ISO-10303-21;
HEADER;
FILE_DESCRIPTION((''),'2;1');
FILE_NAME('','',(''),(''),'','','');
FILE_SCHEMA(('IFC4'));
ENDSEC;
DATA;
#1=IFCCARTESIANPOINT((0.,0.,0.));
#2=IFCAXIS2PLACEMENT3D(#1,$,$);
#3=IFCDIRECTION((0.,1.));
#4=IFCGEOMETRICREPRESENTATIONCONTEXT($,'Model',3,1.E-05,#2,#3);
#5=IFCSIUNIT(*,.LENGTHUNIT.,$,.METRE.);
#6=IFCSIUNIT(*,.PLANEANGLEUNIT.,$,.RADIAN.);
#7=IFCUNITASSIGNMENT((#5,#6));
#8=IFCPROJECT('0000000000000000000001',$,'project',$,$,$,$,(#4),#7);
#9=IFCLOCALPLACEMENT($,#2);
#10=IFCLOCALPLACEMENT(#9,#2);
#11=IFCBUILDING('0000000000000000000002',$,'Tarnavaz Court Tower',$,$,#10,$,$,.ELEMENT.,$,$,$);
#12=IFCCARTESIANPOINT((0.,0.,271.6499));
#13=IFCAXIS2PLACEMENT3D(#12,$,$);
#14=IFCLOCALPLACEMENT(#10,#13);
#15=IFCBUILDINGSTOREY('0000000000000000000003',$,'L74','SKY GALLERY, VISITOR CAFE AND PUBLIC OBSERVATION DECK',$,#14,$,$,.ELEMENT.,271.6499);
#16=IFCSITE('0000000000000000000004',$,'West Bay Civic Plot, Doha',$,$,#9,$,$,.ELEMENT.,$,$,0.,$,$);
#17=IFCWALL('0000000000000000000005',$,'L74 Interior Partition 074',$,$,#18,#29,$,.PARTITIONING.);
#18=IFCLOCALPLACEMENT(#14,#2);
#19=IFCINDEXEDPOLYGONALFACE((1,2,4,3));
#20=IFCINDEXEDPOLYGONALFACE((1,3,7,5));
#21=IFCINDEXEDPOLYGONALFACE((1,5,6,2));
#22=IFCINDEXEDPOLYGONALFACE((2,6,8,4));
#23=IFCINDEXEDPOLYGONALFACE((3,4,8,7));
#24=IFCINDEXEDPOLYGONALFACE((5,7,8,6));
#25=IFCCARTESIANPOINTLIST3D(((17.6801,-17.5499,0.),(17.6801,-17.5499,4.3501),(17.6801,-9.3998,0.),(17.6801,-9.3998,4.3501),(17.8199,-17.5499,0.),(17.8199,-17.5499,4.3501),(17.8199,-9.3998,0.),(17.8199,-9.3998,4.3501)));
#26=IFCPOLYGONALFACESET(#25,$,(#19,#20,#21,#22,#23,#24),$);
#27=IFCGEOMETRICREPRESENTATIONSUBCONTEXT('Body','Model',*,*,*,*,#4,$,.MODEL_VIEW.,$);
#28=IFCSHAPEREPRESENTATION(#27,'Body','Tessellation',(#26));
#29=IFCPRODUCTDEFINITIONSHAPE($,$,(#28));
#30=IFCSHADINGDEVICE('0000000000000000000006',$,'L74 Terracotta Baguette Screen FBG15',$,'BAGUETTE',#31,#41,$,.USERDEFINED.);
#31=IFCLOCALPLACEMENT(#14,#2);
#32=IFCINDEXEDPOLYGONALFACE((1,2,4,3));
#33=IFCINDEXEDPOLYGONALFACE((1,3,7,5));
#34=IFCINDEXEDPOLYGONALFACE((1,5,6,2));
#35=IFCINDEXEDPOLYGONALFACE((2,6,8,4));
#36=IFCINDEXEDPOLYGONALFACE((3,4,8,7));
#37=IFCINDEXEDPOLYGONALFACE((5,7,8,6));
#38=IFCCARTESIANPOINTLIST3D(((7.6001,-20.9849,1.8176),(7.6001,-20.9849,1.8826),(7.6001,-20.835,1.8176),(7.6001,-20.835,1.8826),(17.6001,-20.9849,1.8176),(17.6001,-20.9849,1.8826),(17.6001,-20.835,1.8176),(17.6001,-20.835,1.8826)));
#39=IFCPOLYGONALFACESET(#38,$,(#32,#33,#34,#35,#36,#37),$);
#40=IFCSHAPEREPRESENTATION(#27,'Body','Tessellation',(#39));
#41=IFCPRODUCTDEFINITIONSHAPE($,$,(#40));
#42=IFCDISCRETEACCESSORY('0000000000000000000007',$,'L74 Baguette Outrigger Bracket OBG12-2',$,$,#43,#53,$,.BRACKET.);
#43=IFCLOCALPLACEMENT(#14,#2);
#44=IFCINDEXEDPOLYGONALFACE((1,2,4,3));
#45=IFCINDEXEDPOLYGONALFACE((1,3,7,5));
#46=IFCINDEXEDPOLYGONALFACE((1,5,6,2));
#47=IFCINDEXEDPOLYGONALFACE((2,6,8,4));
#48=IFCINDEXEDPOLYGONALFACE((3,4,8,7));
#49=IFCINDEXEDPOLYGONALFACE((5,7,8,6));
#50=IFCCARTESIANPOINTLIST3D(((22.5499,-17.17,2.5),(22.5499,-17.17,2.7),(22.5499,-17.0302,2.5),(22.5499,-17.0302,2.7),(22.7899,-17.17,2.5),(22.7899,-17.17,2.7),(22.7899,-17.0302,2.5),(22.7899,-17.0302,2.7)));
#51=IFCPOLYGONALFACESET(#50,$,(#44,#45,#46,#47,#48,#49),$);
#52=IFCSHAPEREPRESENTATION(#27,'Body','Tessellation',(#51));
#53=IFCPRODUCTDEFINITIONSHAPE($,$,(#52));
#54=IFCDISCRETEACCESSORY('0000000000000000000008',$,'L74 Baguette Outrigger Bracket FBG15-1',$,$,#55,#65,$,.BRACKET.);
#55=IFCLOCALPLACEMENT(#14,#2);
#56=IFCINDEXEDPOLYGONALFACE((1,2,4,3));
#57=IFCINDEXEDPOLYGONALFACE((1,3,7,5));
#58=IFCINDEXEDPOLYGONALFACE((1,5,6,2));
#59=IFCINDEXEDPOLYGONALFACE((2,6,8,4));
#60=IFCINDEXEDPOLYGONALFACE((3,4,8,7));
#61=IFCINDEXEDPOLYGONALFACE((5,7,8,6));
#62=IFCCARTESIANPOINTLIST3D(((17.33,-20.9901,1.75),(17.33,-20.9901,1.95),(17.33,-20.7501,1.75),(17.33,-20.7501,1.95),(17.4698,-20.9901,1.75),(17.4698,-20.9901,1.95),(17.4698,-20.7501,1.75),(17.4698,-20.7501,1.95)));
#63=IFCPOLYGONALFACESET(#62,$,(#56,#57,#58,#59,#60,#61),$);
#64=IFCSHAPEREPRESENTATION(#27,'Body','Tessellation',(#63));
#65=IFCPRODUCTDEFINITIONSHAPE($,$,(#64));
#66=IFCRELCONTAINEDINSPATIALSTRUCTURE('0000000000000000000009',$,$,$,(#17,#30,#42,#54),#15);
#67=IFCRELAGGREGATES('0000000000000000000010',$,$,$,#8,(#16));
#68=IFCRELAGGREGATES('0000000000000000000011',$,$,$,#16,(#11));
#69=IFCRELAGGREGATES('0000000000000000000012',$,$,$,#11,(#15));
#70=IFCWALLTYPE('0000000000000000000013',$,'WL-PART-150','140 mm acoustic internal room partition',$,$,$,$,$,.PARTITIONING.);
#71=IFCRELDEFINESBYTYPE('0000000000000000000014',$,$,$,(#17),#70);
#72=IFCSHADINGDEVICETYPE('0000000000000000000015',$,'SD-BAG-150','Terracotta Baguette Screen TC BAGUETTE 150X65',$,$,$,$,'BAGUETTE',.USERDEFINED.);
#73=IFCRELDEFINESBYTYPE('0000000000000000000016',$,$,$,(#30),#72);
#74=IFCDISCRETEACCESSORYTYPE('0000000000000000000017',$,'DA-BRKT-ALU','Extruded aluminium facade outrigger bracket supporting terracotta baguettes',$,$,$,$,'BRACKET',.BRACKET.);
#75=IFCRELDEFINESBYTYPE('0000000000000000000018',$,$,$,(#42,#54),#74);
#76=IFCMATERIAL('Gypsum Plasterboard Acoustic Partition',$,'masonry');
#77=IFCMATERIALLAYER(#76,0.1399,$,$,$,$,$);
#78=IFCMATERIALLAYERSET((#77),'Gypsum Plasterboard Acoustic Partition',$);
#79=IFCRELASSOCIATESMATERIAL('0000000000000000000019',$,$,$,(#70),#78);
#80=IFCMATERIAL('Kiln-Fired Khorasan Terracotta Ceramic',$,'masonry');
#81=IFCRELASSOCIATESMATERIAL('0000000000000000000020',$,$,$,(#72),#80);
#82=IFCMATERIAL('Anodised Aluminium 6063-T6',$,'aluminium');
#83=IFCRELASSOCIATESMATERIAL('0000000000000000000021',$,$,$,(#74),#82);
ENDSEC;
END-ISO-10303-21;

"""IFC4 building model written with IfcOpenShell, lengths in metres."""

from ifc_helpers import new_model, si_unit, direction, frame, frame_2d, origin, origin_2d, place, context, subcontext, project, spatial, rectangle, extrude, material, layer, layer_set, material_profile, profile_set, type_object, element, save


model = new_model("IFC4")

# Units and contexts
model_context = context("Model", 3, precision=1e-05, world=origin(), true_north=direction((0.0, 1.0)))
body_context = subcontext(model_context, "Body", "Model", "MODEL_VIEW")
ifc_project = project(units=[si_unit("LENGTHUNIT", "METRE"), si_unit("PLANEANGLEUNIT", "RADIAN")], contexts=[model_context])

# Site, building, storey
site_placement = place(None, origin())
site = spatial("IfcSite", under=ifc_project, at=site_placement, Name="West Bay Civic Plot, Doha", CompositionType="ELEMENT", RefElevation=0.0)
building_placement = place(site_placement, origin())
building = spatial("IfcBuilding", under=site, at=building_placement, Name="Tarnavaz Court Tower", CompositionType="ELEMENT")
storey_placement = place(building_placement, frame((0.0, 0.0, 271.6499)))
storey = spatial("IfcBuildingStorey", under=building, at=storey_placement, Name="L74", Description="SKY GALLERY, VISITOR CAFE AND PUBLIC OBSERVATION DECK", CompositionType="ELEMENT", Elevation=271.6499)

# Shared definitions
ifc_material_1 = material(Name="Anodised Aluminium 6063-T6", Category="aluminium")

# Wall
ifc_material_2 = material(Name="Gypsum Plasterboard Acoustic Partition", Category="masonry")
ifc_layer_1 = layer(ifc_material_2, 0.1399)
ifc_layer_set_1 = layer_set([ifc_layer_1], Name="Gypsum Plasterboard Acoustic Partition")
wall_type_1 = type_object("IfcWallType", Name="WL-PART-150", Description="140 mm acoustic internal room partition", PredefinedType="PARTITIONING", material=ifc_layer_set_1)
wall_1_placement = place(storey_placement, frame((17.75, -17.55, 0.0), z_axis=(0.0, 0.0, 1.0), x_axis=(0.0, 1.0, 0.0)))
element("IfcWall", 1, at=wall_1_placement, inside=storey, type_object=wall_type_1, Name="L74 Interior Partition 074", PredefinedType="PARTITIONING", context=body_context, shape_type="SweptSolid", body=[
    extrude(rectangle(XDim=8.1501, YDim=0.1399, at=frame_2d((4.0752, 0.0))), origin(), (0.0, 0.0, 1.0), 4.3501),
])

# Shading device
ifc_material_3 = material(Name="Kiln-Fired Khorasan Terracotta Ceramic", Category="masonry")
ifc_material_profile_1 = material_profile(ifc_material_3, rectangle(XDim=0.1499, YDim=0.0649, at=origin_2d()), Name="TC BAGUETTE 150X65")
ifc_profile_set_1 = profile_set([ifc_material_profile_1], Name="Kiln-Fired Khorasan Terracotta Ceramic")
shading_device_type = type_object("IfcShadingDeviceType", Name="SD-BAG-150", Description="Terracotta Baguette Screen TC BAGUETTE 150X65", ElementType="BAGUETTE", PredefinedType="USERDEFINED", material=ifc_profile_set_1)
shading_device_placement = place(storey_placement, frame((17.6001, -20.9099, 1.8501), z_axis=(-1.0, 0.0, 0.0), x_axis=(0.0, -1.0, 0.0)))
element("IfcShadingDevice", 2, at=shading_device_placement, inside=storey, type_object=shading_device_type, Name="L74 Terracotta Baguette Screen FBG15", ObjectType="BAGUETTE", PredefinedType="USERDEFINED", context=body_context, shape_type="SweptSolid", body=[
    extrude(rectangle(XDim=0.1499, YDim=0.0649, at=origin_2d()), origin(), (0.0, 0.0, 1.0), 10.0),
])

# Discrete accessories
discrete_accessory_type = type_object("IfcDiscreteAccessoryType", Name="DA-BRKT-ALU", Description="Extruded aluminium facade outrigger bracket supporting terracotta baguettes", ElementType="BRACKET", PredefinedType="BRACKET", material=ifc_material_1)
for number, where, z_axis, x_axis, name in (
    (3, (22.6699, -17.1001, 2.5), (0.0, 0.0, 1.0), (0.0, -1.0, 0.0), "L74 Baguette Outrigger Bracket OBG12-2"),
    (4, (17.3999, -20.8701, 1.75), (0.0, 0.0, 1.0), (-1.0, 0.0, 0.0), "L74 Baguette Outrigger Bracket FBG15-1"),
):
    element("IfcDiscreteAccessory", number, at=place(storey_placement, frame(where, z_axis=z_axis, x_axis=x_axis)), inside=storey, type_object=discrete_accessory_type, Name=name, PredefinedType="BRACKET", context=body_context, shape_type="SweptSolid", body=[
        extrude(rectangle(XDim=0.1399, YDim=0.24, at=origin_2d()), origin(), (0.0, 0.0, 1.0), 0.2),
    ])

save(model, "model.ifc")
